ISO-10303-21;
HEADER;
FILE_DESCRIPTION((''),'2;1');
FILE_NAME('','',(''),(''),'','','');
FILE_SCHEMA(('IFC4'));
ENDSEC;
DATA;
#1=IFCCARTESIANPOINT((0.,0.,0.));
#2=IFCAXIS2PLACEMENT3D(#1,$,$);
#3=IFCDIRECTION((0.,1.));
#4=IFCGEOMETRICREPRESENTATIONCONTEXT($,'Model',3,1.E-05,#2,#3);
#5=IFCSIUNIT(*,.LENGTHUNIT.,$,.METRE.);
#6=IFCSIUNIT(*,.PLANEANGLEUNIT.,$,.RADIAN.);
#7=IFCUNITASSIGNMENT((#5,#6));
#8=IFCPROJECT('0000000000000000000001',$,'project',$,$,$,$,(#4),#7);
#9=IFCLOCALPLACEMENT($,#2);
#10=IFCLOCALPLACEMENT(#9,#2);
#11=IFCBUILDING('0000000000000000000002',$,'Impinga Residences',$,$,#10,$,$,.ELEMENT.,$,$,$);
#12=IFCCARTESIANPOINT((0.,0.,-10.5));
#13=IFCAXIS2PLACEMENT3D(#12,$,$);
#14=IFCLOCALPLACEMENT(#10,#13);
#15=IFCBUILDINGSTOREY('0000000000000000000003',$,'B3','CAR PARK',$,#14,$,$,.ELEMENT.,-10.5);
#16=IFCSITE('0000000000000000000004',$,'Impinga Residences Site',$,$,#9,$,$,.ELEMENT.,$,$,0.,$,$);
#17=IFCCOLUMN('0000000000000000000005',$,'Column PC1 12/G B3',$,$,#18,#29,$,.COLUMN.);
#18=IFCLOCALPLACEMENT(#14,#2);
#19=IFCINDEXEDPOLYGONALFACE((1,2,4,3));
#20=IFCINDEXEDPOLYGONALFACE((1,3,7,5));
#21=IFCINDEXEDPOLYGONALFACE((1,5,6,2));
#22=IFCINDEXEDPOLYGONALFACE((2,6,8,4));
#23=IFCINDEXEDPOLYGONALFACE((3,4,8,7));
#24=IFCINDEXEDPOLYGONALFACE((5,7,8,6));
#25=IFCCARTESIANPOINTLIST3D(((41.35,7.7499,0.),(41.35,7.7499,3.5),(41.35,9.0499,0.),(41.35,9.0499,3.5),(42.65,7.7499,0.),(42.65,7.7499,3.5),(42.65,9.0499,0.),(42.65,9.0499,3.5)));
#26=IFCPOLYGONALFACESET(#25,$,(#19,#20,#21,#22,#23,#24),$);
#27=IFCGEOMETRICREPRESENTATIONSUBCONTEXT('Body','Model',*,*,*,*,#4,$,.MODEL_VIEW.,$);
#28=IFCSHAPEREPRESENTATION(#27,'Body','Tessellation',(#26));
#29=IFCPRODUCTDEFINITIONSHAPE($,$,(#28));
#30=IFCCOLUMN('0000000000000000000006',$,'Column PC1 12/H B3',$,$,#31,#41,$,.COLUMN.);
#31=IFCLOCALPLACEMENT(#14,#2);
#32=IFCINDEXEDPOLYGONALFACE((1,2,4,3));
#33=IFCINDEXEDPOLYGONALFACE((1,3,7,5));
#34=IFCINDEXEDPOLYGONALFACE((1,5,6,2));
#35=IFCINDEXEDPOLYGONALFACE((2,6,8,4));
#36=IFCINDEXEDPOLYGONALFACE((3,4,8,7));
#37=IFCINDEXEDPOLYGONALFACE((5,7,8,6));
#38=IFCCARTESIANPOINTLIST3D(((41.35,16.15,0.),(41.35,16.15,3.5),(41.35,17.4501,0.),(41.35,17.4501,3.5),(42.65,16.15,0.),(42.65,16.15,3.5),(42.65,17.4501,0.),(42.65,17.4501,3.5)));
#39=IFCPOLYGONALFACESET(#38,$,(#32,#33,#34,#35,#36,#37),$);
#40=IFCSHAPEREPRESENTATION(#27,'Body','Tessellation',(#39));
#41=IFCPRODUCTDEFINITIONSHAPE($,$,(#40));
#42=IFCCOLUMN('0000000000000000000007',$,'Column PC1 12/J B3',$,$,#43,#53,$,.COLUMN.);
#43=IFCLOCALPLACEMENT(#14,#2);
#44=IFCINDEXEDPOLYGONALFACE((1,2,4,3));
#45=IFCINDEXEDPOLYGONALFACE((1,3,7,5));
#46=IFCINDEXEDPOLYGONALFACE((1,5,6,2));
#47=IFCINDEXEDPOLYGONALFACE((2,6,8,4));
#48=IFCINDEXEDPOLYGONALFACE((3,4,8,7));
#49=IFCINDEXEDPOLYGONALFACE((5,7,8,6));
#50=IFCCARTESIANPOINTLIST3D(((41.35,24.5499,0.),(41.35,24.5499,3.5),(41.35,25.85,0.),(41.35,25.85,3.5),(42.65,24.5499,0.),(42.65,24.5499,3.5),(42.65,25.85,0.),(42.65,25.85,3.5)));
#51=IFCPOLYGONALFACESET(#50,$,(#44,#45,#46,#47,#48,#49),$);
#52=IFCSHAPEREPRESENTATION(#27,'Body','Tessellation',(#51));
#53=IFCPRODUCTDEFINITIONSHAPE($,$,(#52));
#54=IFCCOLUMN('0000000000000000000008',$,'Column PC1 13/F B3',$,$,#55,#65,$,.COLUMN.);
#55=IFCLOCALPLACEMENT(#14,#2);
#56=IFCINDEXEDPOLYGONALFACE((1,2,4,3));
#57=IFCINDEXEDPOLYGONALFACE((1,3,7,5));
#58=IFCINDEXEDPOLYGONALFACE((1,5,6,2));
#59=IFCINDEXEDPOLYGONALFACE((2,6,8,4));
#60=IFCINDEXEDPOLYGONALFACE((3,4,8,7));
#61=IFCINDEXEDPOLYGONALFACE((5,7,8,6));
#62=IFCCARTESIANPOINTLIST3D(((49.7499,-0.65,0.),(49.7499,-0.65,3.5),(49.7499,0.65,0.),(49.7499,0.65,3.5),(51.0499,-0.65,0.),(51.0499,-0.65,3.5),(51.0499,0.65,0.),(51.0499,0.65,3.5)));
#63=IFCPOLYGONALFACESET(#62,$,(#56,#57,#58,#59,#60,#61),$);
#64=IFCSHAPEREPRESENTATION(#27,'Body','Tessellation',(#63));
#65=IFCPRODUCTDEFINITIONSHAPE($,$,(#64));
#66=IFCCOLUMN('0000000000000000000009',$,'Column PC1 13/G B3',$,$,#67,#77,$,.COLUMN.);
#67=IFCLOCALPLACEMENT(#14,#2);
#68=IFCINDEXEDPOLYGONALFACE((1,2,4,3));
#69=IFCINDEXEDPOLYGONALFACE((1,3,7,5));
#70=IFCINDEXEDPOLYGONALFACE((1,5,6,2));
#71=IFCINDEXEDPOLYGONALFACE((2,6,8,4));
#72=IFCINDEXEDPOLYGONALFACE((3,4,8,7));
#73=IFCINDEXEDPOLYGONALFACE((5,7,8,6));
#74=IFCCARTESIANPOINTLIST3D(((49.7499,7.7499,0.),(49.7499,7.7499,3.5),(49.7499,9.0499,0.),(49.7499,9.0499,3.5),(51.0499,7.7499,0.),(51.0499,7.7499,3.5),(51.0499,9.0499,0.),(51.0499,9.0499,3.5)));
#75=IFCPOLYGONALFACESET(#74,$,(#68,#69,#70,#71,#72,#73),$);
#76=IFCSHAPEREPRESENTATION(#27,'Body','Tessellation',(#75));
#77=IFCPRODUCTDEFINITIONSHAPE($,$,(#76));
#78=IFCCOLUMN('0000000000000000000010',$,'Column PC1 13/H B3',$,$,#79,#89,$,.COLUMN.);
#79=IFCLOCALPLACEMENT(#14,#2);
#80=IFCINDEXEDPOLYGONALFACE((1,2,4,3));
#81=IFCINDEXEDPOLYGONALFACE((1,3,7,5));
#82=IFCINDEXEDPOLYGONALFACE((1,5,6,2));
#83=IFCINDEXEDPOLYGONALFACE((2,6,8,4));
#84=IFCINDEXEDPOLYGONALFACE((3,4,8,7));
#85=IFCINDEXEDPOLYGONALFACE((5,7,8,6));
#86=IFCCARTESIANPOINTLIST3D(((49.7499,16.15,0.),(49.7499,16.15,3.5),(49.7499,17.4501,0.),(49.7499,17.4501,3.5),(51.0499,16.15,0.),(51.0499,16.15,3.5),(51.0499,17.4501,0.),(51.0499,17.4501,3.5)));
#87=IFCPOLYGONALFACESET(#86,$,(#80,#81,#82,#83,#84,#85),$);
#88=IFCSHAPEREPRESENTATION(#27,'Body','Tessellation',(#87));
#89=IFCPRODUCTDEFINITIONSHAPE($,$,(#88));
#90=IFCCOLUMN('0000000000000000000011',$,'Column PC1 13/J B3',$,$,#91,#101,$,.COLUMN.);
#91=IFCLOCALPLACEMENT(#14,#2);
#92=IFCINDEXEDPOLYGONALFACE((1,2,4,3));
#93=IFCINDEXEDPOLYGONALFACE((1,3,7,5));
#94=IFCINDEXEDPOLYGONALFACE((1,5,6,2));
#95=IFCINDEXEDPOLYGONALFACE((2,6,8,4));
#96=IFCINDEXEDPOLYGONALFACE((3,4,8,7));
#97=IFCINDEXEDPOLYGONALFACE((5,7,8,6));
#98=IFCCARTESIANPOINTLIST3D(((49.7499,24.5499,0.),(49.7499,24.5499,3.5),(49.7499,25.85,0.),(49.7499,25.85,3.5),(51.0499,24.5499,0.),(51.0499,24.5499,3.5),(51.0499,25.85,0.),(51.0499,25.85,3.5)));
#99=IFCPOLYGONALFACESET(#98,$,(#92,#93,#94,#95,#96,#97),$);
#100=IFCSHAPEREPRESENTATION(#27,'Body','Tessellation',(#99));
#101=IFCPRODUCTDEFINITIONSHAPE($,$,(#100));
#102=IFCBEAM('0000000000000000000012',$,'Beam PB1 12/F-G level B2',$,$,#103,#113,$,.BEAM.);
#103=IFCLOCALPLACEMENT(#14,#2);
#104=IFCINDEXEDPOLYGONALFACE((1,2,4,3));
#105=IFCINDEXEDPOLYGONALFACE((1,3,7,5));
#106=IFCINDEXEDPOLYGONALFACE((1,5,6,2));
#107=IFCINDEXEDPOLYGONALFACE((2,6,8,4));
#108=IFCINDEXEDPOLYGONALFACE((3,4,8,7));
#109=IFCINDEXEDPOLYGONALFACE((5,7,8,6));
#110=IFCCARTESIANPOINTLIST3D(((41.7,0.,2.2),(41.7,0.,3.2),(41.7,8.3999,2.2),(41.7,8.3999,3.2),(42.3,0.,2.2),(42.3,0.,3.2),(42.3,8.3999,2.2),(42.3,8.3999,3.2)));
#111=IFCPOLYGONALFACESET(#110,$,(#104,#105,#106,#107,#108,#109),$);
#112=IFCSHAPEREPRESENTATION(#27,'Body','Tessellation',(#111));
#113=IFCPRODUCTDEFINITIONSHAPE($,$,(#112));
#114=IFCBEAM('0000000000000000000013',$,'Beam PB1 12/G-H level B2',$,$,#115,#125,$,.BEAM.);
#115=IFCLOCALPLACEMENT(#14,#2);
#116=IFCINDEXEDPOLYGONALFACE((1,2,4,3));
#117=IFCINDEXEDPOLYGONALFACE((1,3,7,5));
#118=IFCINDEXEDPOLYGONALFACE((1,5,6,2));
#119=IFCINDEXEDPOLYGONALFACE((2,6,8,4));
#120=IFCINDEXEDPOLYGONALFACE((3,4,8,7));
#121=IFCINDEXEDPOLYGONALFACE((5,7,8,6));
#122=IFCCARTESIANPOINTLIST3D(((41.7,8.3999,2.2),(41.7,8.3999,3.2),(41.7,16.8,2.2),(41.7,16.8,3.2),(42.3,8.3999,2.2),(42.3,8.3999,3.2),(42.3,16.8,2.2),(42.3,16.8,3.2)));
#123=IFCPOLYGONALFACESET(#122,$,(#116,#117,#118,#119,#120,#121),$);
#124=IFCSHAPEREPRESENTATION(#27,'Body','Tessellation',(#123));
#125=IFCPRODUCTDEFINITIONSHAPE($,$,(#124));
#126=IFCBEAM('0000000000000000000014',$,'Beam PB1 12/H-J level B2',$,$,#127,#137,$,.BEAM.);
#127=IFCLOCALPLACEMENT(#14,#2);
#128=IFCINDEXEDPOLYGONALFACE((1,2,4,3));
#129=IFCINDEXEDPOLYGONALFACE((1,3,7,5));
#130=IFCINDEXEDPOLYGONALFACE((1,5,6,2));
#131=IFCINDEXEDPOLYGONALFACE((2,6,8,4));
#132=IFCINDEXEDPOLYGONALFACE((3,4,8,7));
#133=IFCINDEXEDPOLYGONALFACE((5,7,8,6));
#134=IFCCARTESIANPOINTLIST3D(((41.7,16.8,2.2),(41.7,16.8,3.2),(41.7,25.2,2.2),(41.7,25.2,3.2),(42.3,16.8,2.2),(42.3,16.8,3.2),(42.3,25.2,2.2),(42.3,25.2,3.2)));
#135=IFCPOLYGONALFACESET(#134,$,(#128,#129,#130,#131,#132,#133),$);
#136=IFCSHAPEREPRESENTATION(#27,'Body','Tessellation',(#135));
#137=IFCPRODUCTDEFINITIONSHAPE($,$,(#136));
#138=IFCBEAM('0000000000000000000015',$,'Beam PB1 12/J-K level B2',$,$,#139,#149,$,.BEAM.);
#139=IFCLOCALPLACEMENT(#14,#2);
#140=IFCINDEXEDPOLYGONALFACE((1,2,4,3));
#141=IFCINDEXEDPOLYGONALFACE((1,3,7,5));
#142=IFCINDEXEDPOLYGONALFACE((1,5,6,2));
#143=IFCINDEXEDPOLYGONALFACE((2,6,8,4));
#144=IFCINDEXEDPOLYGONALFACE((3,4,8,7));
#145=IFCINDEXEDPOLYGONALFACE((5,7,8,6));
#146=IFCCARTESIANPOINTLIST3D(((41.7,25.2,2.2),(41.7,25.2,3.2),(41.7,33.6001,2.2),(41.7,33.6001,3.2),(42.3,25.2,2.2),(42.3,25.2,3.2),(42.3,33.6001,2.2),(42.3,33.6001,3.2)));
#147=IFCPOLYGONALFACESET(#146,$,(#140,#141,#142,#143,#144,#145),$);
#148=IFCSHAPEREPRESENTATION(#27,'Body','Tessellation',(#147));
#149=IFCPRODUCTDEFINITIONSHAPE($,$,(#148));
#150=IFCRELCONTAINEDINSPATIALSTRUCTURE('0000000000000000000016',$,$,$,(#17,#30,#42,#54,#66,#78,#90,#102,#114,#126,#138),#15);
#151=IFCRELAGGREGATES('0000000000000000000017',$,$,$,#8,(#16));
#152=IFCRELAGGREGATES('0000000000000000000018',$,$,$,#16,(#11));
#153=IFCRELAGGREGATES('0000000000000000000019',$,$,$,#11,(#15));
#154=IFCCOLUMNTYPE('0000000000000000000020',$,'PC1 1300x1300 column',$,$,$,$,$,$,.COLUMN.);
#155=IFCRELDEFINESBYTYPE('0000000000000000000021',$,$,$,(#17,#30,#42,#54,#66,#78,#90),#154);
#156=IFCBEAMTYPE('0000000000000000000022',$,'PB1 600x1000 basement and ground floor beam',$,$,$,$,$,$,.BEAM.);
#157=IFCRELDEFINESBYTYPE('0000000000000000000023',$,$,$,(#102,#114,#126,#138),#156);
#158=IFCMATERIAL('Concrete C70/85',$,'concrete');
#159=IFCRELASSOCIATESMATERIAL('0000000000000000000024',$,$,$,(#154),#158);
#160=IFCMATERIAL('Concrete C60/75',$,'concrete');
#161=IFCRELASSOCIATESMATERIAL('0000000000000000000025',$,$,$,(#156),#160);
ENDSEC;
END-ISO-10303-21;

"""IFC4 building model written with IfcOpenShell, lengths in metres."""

from ifc_helpers import new_model, si_unit, direction, frame, origin, origin_2d, place, context, subcontext, project, spatial, rectangle, extrude, material, material_profile, profile_set, type_object, element, save


model = new_model("IFC4")

# Units and contexts
model_context = context("Model", 3, precision=1e-05, world=origin(), true_north=direction((0.0, 1.0)))
body_context = subcontext(model_context, "Body", "Model", "MODEL_VIEW")
ifc_project = project(units=[si_unit("LENGTHUNIT", "METRE"), si_unit("PLANEANGLEUNIT", "RADIAN")], contexts=[model_context])

# Site, building, storey
site_placement = place(None, origin())
site = spatial("IfcSite", under=ifc_project, at=site_placement, Name="Impinga Residences Site", CompositionType="ELEMENT", RefElevation=0.0)
building_placement = place(site_placement, origin())
building = spatial("IfcBuilding", under=site, at=building_placement, Name="Impinga Residences", CompositionType="ELEMENT")
storey_placement = place(building_placement, frame((0.0, 0.0, -10.5)))
storey = spatial("IfcBuildingStorey", under=building, at=storey_placement, Name="B3", Description="CAR PARK", CompositionType="ELEMENT", Elevation=-10.5)

# Columns
ifc_material_1 = material(Name="Concrete C70/85", Category="concrete")
ifc_material_profile_1 = material_profile(ifc_material_1, rectangle(XDim=1.3, YDim=1.3, at=origin_2d()), Name="RC 1300x1300")
ifc_profile_set_1 = profile_set([ifc_material_profile_1], Name="Concrete C70/85")
column_type = type_object("IfcColumnType", Name="PC1 1300x1300 column", PredefinedType="COLUMN", material=ifc_profile_set_1)
for number, where, z_axis, x_axis, name in (
    (1, (42.0, 8.3999, 0.0), (0.0, 0.0, 1.0), (1.0, 0.0, 0.0), "Column PC1 12/G B3"),
    (2, (42.0, 16.8, 0.0), (0.0, 0.0, 1.0), (1.0, 0.0, 0.0), "Column PC1 12/H B3"),
    (3, (42.0, 25.2, 0.0), (0.0, 0.0, 1.0), (1.0, 0.0, 0.0), "Column PC1 12/J B3"),
    (4, (50.3999, 0.0, 0.0), (0.0, 0.0, 1.0), (1.0, 0.0, 0.0), "Column PC1 13/F B3"),
    (5, (50.3999, 8.3999, 0.0), (0.0, 0.0, 1.0), (1.0, 0.0, 0.0), "Column PC1 13/G B3"),
    (6, (50.3999, 16.8, 0.0), (0.0, 0.0, 1.0), (1.0, 0.0, 0.0), "Column PC1 13/H B3"),
    (7, (50.3999, 25.2, 0.0), (0.0, 0.0, 1.0), (1.0, 0.0, 0.0), "Column PC1 13/J B3"),
):
    element("IfcColumn", number, at=place(storey_placement, frame(where, z_axis=z_axis, x_axis=x_axis)), inside=storey, type_object=column_type, Name=name, PredefinedType="COLUMN", context=body_context, shape_type="SweptSolid", body=[
        extrude(rectangle(XDim=1.3, YDim=1.3, at=origin_2d()), origin(), (0.0, 0.0, 1.0), 3.5),
    ])

# Beams
ifc_material_2 = material(Name="Concrete C60/75", Category="concrete")
ifc_material_profile_2 = material_profile(ifc_material_2, rectangle(XDim=0.6001, YDim=1.0, at=origin_2d()), Name="RC 600x1000")
ifc_profile_set_2 = profile_set([ifc_material_profile_2], Name="Concrete C60/75")
beam_type = type_object("IfcBeamType", Name="PB1 600x1000 basement and ground floor beam", PredefinedType="BEAM", material=ifc_profile_set_2)
beam_1_placement = place(storey_placement, frame((42.0, 0.0, 2.7), z_axis=(0.0, 1.0, 0.0), x_axis=(-1.0, 0.0, 0.0)))
element("IfcBeam", 8, at=beam_1_placement, inside=storey, type_object=beam_type, Name="Beam PB1 12/F-G level B2", PredefinedType="BEAM", context=body_context, shape_type="SweptSolid", body=[
    extrude(rectangle(XDim=0.6001, YDim=1.0, at=origin_2d()), origin(), (0.0, 0.0, 1.0), 8.3999),
])
beam_2_placement = place(storey_placement, frame((42.0, 8.3999, 2.7), z_axis=(0.0, 1.0, 0.0), x_axis=(-1.0, 0.0, 0.0)))
element("IfcBeam", 9, at=beam_2_placement, inside=storey, type_object=beam_type, Name="Beam PB1 12/G-H level B2", PredefinedType="BEAM", context=body_context, shape_type="SweptSolid", body=[
    extrude(rectangle(XDim=0.6001, YDim=1.0, at=origin_2d()), origin(), (0.0, 0.0, 1.0), 8.4001),
])
beam_3_placement = place(storey_placement, frame((42.0, 16.8, 2.7), z_axis=(0.0, 1.0, 0.0), x_axis=(-1.0, 0.0, 0.0)))
element("IfcBeam", 10, at=beam_3_placement, inside=storey, type_object=beam_type, Name="Beam PB1 12/H-J level B2", PredefinedType="BEAM", context=body_context, shape_type="SweptSolid", body=[
    extrude(rectangle(XDim=0.6001, YDim=1.0, at=origin_2d()), origin(), (0.0, 0.0, 1.0), 8.3999),
])
beam_4_placement = place(storey_placement, frame((42.0, 25.2, 2.7), z_axis=(0.0, 1.0, 0.0), x_axis=(-1.0, 0.0, 0.0)))
element("IfcBeam", 11, at=beam_4_placement, inside=storey, type_object=beam_type, Name="Beam PB1 12/J-K level B2", PredefinedType="BEAM", context=body_context, shape_type="SweptSolid", body=[
    extrude(rectangle(XDim=0.6001, YDim=1.0, at=origin_2d()), origin(), (0.0, 0.0, 1.0), 8.4001),
])

save(model, "model.ifc")
